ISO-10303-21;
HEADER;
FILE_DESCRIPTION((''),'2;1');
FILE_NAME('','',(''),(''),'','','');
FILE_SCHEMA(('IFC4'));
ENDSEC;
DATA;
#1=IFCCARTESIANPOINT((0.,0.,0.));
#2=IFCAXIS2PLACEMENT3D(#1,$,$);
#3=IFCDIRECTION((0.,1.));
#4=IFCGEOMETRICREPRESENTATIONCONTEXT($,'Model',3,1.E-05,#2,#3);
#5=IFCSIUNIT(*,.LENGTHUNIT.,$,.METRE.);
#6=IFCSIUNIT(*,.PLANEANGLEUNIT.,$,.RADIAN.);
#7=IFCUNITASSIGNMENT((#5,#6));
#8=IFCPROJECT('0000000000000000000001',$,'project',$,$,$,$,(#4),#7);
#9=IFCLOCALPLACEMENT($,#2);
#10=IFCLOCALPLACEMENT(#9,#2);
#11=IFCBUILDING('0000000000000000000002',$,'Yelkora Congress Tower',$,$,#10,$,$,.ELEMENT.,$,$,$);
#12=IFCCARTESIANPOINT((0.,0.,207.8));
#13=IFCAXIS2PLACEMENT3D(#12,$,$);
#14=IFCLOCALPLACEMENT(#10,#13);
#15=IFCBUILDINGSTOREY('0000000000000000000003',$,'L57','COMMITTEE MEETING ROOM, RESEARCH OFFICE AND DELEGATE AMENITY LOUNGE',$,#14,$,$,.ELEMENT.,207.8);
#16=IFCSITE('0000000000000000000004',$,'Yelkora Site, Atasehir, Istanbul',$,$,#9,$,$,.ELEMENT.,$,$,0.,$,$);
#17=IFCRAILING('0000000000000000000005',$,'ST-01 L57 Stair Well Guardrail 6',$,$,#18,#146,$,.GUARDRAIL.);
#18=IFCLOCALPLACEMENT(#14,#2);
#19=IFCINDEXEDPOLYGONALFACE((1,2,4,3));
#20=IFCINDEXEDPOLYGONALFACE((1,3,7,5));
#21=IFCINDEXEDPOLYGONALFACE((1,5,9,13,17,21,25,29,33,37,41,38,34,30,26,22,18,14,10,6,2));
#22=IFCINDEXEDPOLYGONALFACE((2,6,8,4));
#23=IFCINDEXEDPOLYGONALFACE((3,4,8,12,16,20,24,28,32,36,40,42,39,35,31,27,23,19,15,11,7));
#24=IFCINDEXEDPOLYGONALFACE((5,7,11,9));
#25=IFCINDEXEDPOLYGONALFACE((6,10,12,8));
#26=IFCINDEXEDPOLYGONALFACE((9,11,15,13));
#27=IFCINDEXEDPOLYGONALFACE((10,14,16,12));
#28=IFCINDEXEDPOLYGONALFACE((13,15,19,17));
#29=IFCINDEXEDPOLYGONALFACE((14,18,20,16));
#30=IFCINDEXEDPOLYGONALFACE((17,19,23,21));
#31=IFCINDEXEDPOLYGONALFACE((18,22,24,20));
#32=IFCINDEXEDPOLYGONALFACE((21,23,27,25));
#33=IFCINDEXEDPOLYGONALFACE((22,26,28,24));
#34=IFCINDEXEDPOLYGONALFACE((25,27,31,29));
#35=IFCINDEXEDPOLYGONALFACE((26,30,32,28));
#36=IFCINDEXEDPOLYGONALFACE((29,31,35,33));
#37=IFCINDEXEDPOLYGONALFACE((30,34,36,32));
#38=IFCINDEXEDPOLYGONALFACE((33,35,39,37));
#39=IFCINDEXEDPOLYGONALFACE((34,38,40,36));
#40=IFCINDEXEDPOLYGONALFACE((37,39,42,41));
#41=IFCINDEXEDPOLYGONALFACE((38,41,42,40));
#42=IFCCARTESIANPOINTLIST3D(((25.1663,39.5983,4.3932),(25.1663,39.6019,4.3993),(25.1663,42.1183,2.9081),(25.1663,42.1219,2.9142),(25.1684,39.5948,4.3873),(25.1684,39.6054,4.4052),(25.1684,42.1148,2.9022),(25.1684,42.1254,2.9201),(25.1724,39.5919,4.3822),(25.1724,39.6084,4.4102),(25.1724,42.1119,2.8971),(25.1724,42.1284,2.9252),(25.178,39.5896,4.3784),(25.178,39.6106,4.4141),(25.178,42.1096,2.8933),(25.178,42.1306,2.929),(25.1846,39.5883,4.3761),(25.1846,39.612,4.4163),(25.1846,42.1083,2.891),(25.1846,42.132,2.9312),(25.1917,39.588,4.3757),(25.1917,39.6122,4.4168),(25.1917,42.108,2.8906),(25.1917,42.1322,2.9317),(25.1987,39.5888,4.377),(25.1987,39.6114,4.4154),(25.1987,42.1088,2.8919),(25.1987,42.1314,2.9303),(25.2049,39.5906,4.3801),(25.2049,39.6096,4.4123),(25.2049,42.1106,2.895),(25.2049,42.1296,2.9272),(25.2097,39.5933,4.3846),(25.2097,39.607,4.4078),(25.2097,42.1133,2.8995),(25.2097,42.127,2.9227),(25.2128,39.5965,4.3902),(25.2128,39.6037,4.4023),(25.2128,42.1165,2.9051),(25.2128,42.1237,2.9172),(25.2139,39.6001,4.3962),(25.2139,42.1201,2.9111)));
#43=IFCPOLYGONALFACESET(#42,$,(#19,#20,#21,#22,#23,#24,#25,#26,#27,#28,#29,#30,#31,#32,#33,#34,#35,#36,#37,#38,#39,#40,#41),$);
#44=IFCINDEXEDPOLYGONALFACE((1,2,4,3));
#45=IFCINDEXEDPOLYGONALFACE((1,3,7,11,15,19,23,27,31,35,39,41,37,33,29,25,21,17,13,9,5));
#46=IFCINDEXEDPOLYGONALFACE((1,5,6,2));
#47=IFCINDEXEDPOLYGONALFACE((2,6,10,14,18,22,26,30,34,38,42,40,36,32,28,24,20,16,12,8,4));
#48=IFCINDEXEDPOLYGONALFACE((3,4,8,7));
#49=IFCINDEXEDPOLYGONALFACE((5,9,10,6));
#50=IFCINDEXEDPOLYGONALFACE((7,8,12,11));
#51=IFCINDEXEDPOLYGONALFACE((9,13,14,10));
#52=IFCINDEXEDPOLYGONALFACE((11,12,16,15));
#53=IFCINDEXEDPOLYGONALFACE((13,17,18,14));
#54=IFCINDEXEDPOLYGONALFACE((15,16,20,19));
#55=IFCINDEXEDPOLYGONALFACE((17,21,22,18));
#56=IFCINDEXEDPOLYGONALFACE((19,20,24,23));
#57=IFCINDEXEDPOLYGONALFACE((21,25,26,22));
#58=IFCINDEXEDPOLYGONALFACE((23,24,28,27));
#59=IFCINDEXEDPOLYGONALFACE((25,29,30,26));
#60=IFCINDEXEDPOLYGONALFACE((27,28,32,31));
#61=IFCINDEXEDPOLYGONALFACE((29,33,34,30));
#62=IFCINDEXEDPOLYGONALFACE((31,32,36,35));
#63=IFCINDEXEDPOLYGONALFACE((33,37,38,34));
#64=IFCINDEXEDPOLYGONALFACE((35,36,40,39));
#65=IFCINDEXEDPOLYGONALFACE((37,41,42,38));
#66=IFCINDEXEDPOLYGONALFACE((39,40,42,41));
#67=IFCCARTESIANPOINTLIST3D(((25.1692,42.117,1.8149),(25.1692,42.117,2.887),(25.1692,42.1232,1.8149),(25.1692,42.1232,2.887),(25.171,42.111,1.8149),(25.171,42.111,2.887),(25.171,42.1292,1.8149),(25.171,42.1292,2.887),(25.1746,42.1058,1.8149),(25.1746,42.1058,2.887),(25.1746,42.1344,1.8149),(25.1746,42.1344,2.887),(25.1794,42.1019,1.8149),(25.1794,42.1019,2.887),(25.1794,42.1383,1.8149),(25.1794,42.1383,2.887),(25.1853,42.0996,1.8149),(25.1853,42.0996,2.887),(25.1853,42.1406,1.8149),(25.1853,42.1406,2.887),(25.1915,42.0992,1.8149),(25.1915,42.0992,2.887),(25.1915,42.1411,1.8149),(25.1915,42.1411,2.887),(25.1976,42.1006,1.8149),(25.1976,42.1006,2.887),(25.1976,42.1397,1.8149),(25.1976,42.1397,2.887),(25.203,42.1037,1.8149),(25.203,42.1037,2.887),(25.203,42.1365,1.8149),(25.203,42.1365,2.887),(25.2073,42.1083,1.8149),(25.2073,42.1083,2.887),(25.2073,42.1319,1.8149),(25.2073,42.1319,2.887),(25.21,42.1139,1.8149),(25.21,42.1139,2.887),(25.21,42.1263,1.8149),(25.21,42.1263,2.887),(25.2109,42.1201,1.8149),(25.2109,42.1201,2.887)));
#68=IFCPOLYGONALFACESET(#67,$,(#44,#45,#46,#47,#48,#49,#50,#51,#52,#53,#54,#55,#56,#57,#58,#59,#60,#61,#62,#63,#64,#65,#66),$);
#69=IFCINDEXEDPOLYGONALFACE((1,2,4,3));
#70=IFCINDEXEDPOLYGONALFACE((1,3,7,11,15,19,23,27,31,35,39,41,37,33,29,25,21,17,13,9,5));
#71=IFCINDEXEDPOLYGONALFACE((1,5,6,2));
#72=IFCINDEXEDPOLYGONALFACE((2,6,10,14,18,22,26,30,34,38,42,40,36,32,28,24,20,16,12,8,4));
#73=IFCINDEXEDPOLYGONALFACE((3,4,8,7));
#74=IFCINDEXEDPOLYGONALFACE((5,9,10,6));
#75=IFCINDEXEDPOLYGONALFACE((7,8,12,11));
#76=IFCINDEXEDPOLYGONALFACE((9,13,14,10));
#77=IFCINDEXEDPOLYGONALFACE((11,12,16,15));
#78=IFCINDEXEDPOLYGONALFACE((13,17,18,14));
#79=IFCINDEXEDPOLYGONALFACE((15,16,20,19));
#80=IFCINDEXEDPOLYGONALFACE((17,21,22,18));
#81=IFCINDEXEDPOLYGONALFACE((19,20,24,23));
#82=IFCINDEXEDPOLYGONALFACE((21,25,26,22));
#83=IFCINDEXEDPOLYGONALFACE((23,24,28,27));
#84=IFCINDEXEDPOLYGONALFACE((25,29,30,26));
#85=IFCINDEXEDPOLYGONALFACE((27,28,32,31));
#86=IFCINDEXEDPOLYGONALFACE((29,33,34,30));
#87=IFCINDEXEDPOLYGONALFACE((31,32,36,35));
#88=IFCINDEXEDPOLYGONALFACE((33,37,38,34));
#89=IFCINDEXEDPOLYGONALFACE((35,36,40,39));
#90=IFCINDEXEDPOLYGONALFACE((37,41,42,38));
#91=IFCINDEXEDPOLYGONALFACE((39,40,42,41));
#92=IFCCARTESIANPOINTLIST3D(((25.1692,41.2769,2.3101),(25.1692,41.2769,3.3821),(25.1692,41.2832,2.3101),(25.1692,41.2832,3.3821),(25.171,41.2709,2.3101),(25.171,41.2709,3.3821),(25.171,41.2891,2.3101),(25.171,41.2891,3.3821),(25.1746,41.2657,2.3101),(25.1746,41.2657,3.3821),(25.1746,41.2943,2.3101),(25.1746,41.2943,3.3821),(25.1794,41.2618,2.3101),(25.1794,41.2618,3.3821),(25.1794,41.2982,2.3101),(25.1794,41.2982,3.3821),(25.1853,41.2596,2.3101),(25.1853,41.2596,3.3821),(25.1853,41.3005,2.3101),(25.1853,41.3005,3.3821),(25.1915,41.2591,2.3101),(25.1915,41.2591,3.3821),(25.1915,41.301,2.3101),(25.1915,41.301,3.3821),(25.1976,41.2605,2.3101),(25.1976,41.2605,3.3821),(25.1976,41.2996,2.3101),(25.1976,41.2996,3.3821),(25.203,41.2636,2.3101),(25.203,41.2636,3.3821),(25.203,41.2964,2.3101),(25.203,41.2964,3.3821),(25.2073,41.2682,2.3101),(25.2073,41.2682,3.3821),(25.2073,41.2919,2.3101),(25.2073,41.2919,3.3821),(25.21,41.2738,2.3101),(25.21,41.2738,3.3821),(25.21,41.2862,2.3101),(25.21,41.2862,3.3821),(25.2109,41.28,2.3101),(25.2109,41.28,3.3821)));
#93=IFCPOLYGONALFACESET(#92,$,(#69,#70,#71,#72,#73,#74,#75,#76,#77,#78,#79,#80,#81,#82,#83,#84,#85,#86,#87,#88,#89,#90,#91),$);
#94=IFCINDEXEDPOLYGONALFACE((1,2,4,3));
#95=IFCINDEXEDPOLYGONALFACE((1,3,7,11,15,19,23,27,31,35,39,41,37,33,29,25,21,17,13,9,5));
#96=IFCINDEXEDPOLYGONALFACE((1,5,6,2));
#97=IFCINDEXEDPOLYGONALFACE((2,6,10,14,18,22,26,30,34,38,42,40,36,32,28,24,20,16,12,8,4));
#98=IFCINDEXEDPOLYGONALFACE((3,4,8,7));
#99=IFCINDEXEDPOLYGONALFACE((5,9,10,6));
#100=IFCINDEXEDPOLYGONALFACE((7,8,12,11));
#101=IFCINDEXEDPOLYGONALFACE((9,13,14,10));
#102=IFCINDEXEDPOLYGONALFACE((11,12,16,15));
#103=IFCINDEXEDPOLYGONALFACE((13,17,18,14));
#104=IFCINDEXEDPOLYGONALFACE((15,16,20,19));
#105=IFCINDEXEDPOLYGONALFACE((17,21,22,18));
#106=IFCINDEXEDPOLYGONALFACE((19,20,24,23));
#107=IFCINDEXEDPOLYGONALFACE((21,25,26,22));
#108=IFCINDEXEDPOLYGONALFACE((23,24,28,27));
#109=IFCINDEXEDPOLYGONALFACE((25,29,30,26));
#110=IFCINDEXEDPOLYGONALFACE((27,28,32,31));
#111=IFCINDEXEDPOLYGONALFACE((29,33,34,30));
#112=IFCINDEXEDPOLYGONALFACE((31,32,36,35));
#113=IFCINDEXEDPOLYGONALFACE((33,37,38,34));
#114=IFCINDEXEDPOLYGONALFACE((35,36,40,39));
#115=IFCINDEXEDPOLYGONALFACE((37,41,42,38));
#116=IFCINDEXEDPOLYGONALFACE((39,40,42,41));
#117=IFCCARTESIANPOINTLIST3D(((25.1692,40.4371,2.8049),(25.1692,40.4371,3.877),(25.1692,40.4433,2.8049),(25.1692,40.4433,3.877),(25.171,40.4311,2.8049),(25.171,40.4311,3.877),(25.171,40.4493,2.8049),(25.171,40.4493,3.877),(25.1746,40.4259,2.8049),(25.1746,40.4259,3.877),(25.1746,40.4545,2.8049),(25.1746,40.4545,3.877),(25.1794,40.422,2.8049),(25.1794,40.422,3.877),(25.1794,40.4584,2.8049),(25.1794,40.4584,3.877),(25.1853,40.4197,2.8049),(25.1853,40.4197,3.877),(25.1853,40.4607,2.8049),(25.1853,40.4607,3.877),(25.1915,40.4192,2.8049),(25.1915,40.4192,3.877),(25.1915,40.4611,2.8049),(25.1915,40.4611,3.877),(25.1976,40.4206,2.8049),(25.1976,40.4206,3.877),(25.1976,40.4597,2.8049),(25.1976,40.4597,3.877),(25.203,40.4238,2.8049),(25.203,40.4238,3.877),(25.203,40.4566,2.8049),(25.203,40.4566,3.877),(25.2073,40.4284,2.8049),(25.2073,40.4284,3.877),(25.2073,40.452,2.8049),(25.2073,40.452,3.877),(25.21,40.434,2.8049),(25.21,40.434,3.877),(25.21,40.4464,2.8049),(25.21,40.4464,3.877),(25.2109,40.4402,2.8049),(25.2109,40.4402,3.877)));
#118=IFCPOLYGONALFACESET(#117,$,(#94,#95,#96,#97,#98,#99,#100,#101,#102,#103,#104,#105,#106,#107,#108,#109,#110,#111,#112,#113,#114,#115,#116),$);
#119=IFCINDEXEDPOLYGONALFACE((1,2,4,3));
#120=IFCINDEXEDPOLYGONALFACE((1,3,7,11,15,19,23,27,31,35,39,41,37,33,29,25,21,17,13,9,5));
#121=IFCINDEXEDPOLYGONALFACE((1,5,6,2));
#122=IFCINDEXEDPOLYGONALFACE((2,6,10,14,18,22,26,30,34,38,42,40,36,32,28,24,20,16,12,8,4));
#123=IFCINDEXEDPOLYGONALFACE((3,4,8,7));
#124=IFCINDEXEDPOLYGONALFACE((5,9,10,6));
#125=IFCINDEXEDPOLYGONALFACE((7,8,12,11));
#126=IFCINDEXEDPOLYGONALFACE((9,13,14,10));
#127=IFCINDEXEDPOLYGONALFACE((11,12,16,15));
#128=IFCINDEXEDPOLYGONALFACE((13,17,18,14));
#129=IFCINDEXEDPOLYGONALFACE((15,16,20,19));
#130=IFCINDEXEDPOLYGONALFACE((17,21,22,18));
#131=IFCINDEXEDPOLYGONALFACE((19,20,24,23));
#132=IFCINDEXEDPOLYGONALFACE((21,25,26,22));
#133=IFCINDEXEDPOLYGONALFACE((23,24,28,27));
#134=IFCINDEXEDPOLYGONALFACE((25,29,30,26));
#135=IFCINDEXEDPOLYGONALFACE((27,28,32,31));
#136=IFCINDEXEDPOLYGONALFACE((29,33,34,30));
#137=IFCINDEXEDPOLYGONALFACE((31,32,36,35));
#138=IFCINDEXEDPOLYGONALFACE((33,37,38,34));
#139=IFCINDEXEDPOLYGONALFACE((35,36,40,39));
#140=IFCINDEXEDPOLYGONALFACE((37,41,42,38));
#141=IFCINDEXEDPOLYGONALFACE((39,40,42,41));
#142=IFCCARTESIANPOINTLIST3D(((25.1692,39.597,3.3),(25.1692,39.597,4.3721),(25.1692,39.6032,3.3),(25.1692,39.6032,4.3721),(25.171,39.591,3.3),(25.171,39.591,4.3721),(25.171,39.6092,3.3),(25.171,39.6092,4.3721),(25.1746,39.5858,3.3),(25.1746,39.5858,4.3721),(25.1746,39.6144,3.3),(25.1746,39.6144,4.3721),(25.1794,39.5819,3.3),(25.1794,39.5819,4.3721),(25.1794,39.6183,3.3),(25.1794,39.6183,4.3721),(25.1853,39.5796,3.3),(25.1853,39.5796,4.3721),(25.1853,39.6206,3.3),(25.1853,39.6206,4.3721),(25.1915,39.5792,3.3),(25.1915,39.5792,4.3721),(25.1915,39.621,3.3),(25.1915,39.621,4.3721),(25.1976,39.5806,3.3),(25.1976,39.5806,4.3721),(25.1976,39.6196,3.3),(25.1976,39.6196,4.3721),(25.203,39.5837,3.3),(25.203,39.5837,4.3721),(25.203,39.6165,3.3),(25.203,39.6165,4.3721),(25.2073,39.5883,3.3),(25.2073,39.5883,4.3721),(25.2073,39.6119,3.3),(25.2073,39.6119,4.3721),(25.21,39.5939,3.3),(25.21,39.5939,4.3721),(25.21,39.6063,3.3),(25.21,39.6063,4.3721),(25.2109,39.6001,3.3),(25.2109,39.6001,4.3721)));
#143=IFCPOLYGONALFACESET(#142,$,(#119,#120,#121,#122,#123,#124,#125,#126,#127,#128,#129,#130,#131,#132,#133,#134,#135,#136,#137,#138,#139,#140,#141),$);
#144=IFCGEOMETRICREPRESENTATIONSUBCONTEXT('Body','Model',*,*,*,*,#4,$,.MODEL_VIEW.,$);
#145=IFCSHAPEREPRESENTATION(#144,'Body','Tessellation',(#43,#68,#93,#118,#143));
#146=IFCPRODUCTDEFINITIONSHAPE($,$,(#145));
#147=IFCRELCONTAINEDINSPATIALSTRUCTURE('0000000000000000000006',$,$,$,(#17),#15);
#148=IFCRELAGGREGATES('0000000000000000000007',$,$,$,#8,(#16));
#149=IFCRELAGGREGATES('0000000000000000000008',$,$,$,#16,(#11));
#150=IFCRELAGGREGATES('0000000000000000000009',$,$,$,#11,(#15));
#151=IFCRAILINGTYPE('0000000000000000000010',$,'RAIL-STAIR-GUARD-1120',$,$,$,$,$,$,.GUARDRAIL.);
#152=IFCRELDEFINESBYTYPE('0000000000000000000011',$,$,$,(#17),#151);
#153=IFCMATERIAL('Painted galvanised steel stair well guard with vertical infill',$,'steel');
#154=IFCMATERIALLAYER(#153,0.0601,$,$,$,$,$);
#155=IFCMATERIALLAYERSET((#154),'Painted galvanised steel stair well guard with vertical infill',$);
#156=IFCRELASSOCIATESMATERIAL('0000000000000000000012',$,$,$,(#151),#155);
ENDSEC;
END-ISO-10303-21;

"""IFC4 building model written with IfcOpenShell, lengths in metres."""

from ifc_helpers import new_model, si_unit, direction, frame, origin, origin_2d, place, context, subcontext, project, spatial, circle, extrude, material, layer, layer_set, type_object, element, save


model = new_model("IFC4")

# Units and contexts
model_context = context("Model", 3, precision=1e-05, world=origin(), true_north=direction((0.0, 1.0)))
body_context = subcontext(model_context, "Body", "Model", "MODEL_VIEW")
ifc_project = project(units=[si_unit("LENGTHUNIT", "METRE"), si_unit("PLANEANGLEUNIT", "RADIAN")], contexts=[model_context])

# Site, building, storey
site_placement = place(None, origin())
site = spatial("IfcSite", under=ifc_project, at=site_placement, Name="Yelkora Site, Atasehir, Istanbul", CompositionType="ELEMENT", RefElevation=0.0)
building_placement = place(site_placement, origin())
building = spatial("IfcBuilding", under=site, at=building_placement, Name="Yelkora Congress Tower", CompositionType="ELEMENT")
storey_placement = place(building_placement, frame((0.0, 0.0, 207.8)))
storey = spatial("IfcBuildingStorey", under=building, at=storey_placement, Name="L57", Description="COMMITTEE MEETING ROOM, RESEARCH OFFICE AND DELEGATE AMENITY LOUNGE", CompositionType="ELEMENT", Elevation=207.8)

# Railing
ifc_material_1 = material(Name="Painted galvanised steel stair well guard with vertical infill", Category="steel")
ifc_layer_1 = layer(ifc_material_1, 0.0601)
ifc_layer_set_1 = layer_set([ifc_layer_1], Name="Painted galvanised steel stair well guard with vertical infill")
railing_type_1 = type_object("IfcRailingType", Name="RAIL-STAIR-GUARD-1120", PredefinedType="GUARDRAIL", material=ifc_layer_set_1)
railing_1_placement = place(storey_placement, frame((25.1899, 42.1201, 1.8149)))
element("IfcRailing", 1, at=railing_1_placement, inside=storey, type_object=railing_type_1, Name="ST-01 L57 Stair Well Guardrail 6", PredefinedType="GUARDRAIL", context=body_context, shape_type="SweptSolid", body=[
    extrude(circle(Radius=0.0239, at=origin_2d()), frame((0.0, 0.0, 1.0962), z_axis=(0.0, -0.861524, 0.507717), x_axis=(1.0, 0.0, 0.0)), (0.0, 0.0, 1.0), 2.925),
    extrude(circle(Radius=0.021, at=origin_2d()), origin(), (0.0, 0.0, 1.0), 1.072),
    extrude(circle(Radius=0.021, at=origin_2d()), frame((0.0, -0.8401, 0.4951)), (0.0, 0.0, 1.0), 1.072),
    extrude(circle(Radius=0.021, at=origin_2d()), frame((0.0, -1.6799, 0.99)), (0.0, 0.0, 1.0), 1.072),
    extrude(circle(Radius=0.021, at=origin_2d()), frame((0.0, -2.52, 1.4851)), (0.0, 0.0, 1.0), 1.072),
])

save(model, "model.ifc")
